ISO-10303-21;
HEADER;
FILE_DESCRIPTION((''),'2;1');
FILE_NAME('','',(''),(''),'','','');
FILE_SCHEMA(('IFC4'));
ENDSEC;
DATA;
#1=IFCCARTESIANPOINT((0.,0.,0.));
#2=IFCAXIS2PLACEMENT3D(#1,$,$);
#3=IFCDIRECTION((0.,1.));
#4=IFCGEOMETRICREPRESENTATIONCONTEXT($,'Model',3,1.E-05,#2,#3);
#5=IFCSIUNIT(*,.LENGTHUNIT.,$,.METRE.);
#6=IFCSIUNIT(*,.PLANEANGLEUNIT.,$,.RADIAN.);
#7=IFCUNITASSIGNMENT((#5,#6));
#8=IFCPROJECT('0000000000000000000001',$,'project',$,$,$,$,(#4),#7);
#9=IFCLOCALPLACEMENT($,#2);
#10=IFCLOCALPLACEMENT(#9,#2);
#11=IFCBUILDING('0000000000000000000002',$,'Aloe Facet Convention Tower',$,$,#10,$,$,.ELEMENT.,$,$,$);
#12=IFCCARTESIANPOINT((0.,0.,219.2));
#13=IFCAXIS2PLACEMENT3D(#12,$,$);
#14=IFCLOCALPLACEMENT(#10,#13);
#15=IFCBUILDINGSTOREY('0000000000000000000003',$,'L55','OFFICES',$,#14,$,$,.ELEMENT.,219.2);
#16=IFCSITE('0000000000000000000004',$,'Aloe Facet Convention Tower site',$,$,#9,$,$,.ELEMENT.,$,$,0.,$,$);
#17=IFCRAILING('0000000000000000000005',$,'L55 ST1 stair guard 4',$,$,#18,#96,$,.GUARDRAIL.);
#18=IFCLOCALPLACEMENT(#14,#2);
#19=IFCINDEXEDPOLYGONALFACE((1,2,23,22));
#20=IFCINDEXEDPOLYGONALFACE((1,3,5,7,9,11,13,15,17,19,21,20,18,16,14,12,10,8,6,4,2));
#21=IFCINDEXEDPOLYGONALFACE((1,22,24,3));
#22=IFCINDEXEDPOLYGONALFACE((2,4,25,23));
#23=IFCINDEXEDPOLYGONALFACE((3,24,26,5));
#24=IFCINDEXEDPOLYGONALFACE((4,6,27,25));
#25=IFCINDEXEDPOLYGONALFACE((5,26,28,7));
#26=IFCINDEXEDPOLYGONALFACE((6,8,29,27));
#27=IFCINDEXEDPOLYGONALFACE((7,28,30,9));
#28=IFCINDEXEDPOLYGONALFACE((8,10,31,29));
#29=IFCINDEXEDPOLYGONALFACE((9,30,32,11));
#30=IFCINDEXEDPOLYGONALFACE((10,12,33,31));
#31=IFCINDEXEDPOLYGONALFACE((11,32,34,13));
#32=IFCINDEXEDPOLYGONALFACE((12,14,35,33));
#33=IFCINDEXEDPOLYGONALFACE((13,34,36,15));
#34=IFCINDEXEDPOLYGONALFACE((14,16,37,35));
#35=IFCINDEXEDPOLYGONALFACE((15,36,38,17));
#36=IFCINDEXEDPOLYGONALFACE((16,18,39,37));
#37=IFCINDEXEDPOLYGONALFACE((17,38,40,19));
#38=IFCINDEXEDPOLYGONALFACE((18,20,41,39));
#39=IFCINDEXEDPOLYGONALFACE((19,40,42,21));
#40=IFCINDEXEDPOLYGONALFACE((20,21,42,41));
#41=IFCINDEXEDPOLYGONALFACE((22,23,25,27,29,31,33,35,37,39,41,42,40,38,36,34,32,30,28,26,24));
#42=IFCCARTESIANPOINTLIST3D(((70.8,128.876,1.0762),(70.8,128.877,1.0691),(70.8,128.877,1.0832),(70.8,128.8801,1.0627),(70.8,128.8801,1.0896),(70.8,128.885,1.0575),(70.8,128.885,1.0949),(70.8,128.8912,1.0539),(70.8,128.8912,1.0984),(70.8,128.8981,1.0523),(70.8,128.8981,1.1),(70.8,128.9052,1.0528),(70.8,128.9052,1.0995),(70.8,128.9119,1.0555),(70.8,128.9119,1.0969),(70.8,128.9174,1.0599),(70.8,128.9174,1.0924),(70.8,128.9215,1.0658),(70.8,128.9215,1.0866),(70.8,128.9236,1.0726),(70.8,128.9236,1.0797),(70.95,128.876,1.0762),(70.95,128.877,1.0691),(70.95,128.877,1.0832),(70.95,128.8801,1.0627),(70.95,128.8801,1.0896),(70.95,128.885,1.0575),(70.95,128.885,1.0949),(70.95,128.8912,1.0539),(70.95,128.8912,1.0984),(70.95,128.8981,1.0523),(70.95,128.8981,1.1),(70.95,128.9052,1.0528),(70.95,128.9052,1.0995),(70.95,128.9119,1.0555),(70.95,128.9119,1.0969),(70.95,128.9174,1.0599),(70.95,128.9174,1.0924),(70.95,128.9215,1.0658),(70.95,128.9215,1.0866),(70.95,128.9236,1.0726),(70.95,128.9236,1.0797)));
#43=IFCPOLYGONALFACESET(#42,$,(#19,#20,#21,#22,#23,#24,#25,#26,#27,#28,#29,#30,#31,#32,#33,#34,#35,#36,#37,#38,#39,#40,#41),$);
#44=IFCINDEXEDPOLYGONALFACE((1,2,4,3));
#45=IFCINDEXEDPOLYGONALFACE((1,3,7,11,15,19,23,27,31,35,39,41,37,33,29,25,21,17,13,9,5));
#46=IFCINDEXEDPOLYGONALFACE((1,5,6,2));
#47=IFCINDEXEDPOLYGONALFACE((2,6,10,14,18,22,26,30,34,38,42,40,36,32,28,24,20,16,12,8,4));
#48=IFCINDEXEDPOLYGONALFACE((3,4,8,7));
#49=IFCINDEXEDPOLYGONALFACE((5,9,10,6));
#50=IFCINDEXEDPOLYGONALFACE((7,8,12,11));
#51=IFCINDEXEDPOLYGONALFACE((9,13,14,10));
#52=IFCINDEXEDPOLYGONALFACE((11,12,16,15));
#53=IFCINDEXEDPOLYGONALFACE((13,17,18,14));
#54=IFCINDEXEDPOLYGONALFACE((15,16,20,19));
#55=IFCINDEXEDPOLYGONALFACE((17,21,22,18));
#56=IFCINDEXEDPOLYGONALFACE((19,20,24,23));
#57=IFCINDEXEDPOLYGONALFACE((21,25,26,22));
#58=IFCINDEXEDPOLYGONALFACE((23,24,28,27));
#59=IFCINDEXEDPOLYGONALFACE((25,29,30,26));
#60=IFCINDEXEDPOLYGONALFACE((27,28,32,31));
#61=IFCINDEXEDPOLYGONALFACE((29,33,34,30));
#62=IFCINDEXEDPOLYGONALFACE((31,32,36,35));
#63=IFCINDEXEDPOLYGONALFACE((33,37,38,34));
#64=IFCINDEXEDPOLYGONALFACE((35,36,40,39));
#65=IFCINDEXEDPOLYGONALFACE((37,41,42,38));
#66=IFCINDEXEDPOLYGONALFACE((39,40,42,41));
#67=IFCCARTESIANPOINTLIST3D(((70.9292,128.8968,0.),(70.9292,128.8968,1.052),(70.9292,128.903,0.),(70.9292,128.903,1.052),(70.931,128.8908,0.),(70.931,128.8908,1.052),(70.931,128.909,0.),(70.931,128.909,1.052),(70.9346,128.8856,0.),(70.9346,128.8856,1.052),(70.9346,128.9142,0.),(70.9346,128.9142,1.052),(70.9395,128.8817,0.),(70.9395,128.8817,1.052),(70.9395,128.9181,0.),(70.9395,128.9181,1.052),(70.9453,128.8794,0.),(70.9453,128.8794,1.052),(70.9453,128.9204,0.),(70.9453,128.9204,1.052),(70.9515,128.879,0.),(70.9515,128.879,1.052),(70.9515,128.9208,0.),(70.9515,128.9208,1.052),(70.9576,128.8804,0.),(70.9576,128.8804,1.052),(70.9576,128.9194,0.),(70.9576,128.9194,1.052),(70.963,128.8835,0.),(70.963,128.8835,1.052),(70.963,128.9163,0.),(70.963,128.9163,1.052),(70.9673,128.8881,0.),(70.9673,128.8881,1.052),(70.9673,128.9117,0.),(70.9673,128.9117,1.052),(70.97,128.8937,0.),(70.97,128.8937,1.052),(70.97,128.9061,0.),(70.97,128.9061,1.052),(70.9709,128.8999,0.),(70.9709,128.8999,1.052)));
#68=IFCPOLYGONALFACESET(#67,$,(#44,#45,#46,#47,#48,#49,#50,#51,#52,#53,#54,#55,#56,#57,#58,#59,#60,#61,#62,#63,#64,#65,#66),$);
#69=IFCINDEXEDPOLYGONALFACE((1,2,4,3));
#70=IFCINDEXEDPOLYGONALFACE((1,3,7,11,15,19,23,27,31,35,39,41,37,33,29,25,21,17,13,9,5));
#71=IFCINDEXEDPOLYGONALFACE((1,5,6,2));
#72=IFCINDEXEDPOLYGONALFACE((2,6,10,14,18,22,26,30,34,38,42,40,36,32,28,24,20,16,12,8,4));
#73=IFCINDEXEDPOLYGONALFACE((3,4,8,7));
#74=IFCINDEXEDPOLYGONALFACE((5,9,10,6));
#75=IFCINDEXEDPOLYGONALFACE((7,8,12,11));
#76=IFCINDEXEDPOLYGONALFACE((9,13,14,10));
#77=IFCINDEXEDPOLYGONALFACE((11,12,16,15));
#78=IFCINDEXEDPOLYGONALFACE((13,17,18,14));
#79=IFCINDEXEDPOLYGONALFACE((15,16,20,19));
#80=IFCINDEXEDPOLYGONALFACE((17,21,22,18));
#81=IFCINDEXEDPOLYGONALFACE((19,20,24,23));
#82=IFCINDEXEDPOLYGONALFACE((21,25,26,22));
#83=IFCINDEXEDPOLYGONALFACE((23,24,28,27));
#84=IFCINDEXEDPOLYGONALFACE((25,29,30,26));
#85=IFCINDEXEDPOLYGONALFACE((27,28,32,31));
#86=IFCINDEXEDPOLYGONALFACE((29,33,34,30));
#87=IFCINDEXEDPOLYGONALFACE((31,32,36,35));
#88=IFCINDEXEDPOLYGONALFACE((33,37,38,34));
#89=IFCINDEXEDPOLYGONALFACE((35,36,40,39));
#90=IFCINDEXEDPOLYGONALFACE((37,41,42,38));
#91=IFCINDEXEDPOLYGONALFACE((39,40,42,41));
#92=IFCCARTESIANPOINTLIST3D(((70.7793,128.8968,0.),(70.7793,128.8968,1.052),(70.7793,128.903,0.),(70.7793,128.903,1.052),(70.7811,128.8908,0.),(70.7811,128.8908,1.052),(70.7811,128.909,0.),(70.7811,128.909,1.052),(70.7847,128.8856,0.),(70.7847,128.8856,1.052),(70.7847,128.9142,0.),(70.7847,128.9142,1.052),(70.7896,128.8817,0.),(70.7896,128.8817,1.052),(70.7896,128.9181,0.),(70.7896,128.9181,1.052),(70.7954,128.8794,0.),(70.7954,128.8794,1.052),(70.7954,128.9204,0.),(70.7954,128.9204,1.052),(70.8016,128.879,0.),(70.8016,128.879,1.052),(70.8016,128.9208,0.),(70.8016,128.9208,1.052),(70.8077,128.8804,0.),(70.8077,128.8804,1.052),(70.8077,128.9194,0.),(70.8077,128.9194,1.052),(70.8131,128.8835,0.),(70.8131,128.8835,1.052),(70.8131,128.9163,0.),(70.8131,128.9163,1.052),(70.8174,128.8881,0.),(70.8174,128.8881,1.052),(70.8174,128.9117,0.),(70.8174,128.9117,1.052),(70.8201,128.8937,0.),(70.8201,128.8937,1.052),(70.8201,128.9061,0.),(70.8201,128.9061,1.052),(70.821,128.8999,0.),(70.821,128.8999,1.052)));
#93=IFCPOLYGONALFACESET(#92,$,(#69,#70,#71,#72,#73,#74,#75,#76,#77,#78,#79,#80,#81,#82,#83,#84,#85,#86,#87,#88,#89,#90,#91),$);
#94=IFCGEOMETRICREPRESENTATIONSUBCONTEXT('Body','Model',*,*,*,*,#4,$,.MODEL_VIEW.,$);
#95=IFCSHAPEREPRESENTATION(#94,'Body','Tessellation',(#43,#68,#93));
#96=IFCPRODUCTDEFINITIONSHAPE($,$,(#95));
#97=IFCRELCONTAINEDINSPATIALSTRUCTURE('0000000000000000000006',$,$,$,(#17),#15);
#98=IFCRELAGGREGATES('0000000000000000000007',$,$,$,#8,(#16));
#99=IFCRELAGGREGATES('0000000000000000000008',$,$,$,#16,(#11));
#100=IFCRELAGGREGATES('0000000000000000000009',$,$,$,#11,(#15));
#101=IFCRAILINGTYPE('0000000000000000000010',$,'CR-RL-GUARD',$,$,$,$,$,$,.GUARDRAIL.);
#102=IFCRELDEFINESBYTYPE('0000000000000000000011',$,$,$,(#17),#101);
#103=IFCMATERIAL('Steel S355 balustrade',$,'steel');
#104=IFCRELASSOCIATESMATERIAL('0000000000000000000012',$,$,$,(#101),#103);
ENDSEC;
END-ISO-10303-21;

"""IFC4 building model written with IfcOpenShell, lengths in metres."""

from ifc_helpers import new_model, si_unit, direction, frame, origin, origin_2d, place, context, subcontext, project, spatial, circle, extrude, material, type_object, element, save


model = new_model("IFC4")

# Units and contexts
model_context = context("Model", 3, precision=1e-05, world=origin(), true_north=direction((0.0, 1.0)))
body_context = subcontext(model_context, "Body", "Model", "MODEL_VIEW")
ifc_project = project(units=[si_unit("LENGTHUNIT", "METRE"), si_unit("PLANEANGLEUNIT", "RADIAN")], contexts=[model_context])

# Site, building, storey
site_placement = place(None, origin())
site = spatial("IfcSite", under=ifc_project, at=site_placement, Name="Aloe Facet Convention Tower site", CompositionType="ELEMENT", RefElevation=0.0)
building_placement = place(site_placement, origin())
building = spatial("IfcBuilding", under=site, at=building_placement, Name="Aloe Facet Convention Tower", CompositionType="ELEMENT")
storey_placement = place(building_placement, frame((0.0, 0.0, 219.2)))
storey = spatial("IfcBuildingStorey", under=building, at=storey_placement, Name="L55", Description="OFFICES", CompositionType="ELEMENT", Elevation=219.2)

# Railing
ifc_material_1 = material(Name="Steel S355 balustrade", Category="steel")
railing_type_1 = type_object("IfcRailingType", Name="CR-RL-GUARD", PredefinedType="GUARDRAIL", material=ifc_material_1)
railing_1_placement = place(storey_placement, frame((70.95, 128.8999, 0.0)))
element("IfcRailing", 1, at=railing_1_placement, inside=storey, type_object=railing_type_1, Name="L55 ST1 stair guard 4", PredefinedType="GUARDRAIL", context=body_context, shape_type="SweptSolid", body=[
    extrude(circle(Radius=0.0239, at=origin_2d()), frame((0.0, 0.0, 1.0762), z_axis=(-1.0, 0.0, 0.0), x_axis=(0.0, -1.0, 0.0)), (0.0, 0.0, 1.0), 0.1499),
    extrude(circle(Radius=0.021, at=origin_2d()), origin(), (0.0, 0.0, 1.0), 1.052),
    extrude(circle(Radius=0.021, at=origin_2d()), frame((-0.1499, 0.0, 0.0)), (0.0, 0.0, 1.0), 1.052),
])

save(model, "model.ifc")
